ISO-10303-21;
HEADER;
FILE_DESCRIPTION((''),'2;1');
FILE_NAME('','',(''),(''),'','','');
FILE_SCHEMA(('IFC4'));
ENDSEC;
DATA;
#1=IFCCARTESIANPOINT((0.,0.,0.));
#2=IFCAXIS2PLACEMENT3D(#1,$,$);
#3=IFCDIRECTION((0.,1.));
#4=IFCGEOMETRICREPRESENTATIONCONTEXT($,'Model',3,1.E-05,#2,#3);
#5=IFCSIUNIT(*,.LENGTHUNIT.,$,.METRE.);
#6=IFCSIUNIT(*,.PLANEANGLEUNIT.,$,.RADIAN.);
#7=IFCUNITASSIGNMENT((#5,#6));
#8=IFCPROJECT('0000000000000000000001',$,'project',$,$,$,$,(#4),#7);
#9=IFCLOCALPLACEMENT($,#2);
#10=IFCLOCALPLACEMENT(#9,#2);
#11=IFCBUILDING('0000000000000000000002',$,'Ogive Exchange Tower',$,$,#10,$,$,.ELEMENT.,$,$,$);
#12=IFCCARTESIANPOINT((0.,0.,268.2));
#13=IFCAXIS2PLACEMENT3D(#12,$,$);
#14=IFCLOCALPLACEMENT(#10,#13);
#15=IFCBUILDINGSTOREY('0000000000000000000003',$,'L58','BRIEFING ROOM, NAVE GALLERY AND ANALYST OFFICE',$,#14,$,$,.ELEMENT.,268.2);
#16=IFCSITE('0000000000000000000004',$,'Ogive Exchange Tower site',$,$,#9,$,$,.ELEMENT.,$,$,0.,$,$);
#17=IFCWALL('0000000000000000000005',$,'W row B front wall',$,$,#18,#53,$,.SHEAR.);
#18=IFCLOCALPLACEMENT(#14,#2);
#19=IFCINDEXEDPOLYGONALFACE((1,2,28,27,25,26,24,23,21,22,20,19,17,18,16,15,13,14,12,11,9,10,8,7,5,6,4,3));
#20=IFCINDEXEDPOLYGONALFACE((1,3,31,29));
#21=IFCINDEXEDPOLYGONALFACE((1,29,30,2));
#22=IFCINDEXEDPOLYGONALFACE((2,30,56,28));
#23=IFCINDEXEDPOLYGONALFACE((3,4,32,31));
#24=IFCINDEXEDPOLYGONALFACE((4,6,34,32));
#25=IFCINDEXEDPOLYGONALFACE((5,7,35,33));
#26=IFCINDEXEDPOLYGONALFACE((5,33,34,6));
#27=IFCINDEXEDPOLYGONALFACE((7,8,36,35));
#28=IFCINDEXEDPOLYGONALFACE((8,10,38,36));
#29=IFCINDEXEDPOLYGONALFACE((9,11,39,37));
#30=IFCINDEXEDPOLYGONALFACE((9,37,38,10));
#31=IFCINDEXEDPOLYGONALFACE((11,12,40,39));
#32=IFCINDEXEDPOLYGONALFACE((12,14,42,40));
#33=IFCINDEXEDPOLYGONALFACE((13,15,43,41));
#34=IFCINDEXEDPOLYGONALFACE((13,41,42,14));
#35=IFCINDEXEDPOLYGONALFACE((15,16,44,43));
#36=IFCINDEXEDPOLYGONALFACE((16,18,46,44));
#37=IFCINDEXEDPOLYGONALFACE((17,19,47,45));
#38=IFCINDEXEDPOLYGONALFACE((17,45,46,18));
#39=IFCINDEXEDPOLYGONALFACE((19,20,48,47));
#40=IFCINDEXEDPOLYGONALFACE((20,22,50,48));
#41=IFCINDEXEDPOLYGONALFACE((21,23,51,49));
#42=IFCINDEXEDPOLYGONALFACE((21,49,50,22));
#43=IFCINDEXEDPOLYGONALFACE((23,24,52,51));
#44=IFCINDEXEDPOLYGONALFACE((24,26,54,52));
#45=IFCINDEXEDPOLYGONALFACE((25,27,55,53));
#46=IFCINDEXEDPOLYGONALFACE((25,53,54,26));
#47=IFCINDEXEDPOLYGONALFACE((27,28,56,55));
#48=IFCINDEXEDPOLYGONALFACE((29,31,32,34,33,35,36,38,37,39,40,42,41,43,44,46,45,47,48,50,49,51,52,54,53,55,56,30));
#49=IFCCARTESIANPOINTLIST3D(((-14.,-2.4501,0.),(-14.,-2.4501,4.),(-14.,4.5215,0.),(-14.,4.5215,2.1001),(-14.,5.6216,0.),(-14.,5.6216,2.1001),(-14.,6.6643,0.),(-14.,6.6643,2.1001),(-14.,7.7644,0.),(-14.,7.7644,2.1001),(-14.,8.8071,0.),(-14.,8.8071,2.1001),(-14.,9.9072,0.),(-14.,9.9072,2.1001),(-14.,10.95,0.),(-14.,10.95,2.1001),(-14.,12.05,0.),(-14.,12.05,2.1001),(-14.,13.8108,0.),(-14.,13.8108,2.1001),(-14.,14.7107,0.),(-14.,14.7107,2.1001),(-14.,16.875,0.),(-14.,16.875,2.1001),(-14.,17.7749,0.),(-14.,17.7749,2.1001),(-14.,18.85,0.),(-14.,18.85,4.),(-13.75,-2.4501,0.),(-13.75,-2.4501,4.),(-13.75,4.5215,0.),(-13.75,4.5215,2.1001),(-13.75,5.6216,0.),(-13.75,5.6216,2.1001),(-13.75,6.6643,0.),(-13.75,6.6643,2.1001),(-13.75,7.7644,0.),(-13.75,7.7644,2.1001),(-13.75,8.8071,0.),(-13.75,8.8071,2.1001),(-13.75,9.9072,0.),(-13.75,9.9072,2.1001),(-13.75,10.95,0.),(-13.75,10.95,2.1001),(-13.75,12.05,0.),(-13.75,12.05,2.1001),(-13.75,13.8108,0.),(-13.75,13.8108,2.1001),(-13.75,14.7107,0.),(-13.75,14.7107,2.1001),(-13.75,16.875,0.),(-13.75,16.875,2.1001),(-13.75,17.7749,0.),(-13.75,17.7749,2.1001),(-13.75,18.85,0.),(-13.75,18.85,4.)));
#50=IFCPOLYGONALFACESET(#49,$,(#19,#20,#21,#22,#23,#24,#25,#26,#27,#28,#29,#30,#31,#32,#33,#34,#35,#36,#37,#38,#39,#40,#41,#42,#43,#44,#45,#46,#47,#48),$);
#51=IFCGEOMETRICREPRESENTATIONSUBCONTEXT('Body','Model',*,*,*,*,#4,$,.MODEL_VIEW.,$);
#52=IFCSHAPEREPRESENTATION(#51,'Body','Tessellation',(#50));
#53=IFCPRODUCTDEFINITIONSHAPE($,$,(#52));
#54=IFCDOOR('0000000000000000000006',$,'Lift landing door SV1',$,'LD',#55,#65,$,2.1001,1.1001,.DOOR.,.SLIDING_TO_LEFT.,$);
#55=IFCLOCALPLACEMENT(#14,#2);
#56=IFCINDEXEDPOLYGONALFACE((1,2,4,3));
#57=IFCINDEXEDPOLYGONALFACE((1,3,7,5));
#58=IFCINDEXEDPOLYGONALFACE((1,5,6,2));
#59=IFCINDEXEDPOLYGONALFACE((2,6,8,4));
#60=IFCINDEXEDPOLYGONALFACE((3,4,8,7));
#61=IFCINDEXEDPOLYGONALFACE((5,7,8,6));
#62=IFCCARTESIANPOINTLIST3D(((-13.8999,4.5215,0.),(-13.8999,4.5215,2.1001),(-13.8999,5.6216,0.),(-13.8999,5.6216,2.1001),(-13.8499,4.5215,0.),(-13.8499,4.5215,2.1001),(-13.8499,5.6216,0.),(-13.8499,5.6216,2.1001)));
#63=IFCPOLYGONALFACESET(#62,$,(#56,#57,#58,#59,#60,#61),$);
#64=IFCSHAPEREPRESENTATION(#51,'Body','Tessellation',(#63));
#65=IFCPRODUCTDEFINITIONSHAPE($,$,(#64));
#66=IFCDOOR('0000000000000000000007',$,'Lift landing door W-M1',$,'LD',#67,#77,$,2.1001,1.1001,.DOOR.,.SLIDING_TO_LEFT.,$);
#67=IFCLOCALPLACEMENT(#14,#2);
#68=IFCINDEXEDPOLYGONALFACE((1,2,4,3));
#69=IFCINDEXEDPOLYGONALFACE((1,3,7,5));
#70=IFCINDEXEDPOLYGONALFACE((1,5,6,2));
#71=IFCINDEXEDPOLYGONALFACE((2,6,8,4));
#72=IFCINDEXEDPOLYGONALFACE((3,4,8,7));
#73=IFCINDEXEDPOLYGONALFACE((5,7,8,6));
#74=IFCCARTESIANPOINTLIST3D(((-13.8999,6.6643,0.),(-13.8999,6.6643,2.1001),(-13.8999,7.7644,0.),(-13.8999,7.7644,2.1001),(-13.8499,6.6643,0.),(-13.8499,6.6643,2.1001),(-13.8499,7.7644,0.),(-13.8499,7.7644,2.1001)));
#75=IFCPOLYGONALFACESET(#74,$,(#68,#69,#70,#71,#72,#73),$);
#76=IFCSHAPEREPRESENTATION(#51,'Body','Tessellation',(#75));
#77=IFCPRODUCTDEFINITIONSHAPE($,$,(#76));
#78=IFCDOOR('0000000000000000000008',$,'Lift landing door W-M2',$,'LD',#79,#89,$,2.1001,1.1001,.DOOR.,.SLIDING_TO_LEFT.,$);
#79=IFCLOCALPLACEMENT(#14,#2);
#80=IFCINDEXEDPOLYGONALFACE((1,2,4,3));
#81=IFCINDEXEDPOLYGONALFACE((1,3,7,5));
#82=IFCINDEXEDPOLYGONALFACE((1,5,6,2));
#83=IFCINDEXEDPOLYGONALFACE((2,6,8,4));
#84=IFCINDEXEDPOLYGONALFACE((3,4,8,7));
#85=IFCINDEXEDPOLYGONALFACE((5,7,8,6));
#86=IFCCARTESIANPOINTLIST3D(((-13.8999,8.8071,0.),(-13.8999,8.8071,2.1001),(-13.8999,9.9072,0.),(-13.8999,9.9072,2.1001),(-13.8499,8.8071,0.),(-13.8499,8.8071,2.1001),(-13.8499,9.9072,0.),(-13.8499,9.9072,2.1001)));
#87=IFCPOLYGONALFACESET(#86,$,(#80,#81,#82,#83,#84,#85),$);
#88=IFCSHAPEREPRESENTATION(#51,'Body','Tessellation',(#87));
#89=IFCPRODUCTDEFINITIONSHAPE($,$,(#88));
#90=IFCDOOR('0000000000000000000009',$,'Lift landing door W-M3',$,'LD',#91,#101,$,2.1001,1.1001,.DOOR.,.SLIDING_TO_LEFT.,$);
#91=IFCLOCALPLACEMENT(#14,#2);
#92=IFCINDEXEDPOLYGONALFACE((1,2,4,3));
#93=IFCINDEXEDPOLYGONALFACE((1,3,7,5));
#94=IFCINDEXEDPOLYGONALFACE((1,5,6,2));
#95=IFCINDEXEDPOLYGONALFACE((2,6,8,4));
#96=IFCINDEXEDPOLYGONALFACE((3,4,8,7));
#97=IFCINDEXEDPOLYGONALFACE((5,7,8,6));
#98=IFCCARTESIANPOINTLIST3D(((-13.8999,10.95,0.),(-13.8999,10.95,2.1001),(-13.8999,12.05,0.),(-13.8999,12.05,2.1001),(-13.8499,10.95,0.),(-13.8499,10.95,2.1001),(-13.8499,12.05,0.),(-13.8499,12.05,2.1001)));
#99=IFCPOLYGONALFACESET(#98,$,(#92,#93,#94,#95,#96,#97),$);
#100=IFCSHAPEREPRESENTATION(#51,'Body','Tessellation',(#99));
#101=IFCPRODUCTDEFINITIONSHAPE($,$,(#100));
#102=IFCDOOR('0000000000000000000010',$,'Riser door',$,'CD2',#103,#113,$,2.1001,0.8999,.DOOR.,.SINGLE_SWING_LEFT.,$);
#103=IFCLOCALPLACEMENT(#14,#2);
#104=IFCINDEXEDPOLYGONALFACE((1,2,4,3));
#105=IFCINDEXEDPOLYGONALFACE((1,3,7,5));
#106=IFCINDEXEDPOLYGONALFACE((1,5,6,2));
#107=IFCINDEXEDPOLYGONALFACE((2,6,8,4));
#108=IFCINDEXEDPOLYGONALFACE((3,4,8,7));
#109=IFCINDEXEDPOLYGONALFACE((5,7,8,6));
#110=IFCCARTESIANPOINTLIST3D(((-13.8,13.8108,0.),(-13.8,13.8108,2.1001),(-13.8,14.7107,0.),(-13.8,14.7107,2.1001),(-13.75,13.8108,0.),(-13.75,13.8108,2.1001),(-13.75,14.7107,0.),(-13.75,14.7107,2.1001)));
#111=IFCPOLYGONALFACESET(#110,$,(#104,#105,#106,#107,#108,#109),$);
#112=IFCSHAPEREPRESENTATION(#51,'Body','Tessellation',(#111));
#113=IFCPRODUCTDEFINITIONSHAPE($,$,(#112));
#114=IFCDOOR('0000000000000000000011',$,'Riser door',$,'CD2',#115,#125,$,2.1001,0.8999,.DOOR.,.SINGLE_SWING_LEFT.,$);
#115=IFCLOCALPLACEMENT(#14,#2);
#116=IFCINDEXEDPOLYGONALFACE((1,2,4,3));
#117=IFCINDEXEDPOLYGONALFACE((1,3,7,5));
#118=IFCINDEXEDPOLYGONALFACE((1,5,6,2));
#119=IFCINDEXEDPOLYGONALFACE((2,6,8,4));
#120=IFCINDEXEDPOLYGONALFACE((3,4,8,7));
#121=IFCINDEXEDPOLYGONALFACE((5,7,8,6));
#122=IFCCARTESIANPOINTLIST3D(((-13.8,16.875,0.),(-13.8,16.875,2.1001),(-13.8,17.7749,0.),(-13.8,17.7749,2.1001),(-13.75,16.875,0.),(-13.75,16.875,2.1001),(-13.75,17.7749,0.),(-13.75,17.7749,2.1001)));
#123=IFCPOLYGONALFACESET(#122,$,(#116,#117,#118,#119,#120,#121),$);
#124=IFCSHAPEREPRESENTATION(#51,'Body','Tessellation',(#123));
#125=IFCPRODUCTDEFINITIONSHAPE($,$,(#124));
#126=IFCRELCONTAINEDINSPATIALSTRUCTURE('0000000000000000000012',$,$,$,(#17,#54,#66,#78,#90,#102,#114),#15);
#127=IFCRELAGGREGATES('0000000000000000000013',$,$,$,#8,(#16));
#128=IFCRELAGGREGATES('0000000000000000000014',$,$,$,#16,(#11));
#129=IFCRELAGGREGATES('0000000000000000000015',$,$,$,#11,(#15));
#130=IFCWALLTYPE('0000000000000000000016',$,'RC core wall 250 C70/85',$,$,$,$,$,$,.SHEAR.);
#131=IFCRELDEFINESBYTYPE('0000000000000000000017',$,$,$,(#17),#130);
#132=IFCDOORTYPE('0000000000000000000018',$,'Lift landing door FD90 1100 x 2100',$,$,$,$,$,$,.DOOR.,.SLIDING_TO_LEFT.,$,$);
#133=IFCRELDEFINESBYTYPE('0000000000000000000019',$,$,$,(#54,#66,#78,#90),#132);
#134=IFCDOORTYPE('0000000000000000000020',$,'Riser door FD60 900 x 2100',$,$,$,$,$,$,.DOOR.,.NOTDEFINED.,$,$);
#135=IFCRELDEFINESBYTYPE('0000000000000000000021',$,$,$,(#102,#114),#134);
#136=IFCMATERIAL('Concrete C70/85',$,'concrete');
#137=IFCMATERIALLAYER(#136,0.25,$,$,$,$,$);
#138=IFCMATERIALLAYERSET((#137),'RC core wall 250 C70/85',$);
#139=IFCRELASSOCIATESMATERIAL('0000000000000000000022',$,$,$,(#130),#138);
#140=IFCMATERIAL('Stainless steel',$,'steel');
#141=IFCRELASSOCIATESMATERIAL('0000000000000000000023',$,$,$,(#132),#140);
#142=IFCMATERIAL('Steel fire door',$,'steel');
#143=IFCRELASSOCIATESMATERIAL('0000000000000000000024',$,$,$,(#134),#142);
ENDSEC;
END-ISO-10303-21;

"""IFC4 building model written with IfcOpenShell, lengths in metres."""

from ifc_helpers import new_model, si_unit, direction, frame, frame_2d, origin, place, context, subcontext, project, spatial, rectangle, extrude, material, layer, layer_set, type_object, element, fill, save


model = new_model("IFC4")

# Units and contexts
model_context = context("Model", 3, precision=1e-05, world=origin(), true_north=direction((0.0, 1.0)))
body_context = subcontext(model_context, "Body", "Model", "MODEL_VIEW")
ifc_project = project(units=[si_unit("LENGTHUNIT", "METRE"), si_unit("PLANEANGLEUNIT", "RADIAN")], contexts=[model_context])

# Site, building, storey
site_placement = place(None, origin())
site = spatial("IfcSite", under=ifc_project, at=site_placement, Name="Ogive Exchange Tower site", CompositionType="ELEMENT", RefElevation=0.0)
building_placement = place(site_placement, origin())
building = spatial("IfcBuilding", under=site, at=building_placement, Name="Ogive Exchange Tower", CompositionType="ELEMENT")
storey_placement = place(building_placement, frame((0.0, 0.0, 268.2)))
storey = spatial("IfcBuildingStorey", under=building, at=storey_placement, Name="L58", Description="BRIEFING ROOM, NAVE GALLERY AND ANALYST OFFICE", CompositionType="ELEMENT", Elevation=268.2)

# Shared definitions
ifc_material_1 = material(Name="Concrete C70/85", Category="concrete")
ifc_layer_1 = layer(ifc_material_1, 0.25)
ifc_layer_set_1 = layer_set([ifc_layer_1], Name="RC core wall 250 C70/85")
wall_type_1 = type_object("IfcWallType", Name="RC core wall 250 C70/85", PredefinedType="SHEAR", material=ifc_layer_set_1)
ifc_material_2 = material(Name="Steel fire door", Category="steel")

# Wall, openings, doors
wall_1_placement = place(storey_placement, frame((-13.875, -2.45, 0.0), z_axis=(0.0, 0.0, 1.0), x_axis=(0.0, 1.0, 0.0)))
wall_1 = element("IfcWall", 1, at=wall_1_placement, inside=storey, type_object=wall_type_1, Name="W row B front wall", PredefinedType="SHEAR", context=body_context, shape_type="SweptSolid", body=[
    extrude(rectangle(XDim=21.3, YDim=0.25, at=frame_2d((10.6499, 0.0))), origin(), (0.0, 0.0, 1.0), 4.0),
])
opening_1_placement = place(wall_1_placement, frame((16.2607, 0.0, 0.0)))
opening_1 = element("IfcOpeningElement", 2, at=opening_1_placement, cuts=wall_1, PredefinedType="OPENING", context=body_context, shape_type="SweptSolid", body=[
    extrude(rectangle(XDim=0.8999, YDim=2.1001, at=frame_2d((0.45, 1.05))), frame((0.0, 0.135, 0.0), z_axis=(0.0, -1.0, 0.0), x_axis=(1.0, 0.0, 0.0)), (0.0, 0.0, 1.0), 0.27),
])
opening_2_placement = place(wall_1_placement, frame((19.325, 0.0, 0.0)))
opening_2 = element("IfcOpeningElement", 3, at=opening_2_placement, cuts=wall_1, PredefinedType="OPENING", context=body_context, shape_type="SweptSolid", body=[
    extrude(rectangle(XDim=0.8999, YDim=2.1001, at=frame_2d((0.45, 1.05))), frame((0.0, 0.135, 0.0), z_axis=(0.0, -1.0, 0.0), x_axis=(1.0, 0.0, 0.0)), (0.0, 0.0, 1.0), 0.27),
])
opening_3_placement = place(wall_1_placement, frame((6.9714, 0.0, 0.0)))
opening_3 = element("IfcOpeningElement", 4, at=opening_3_placement, cuts=wall_1, PredefinedType="OPENING", context=body_context, shape_type="SweptSolid", body=[
    extrude(rectangle(XDim=1.1001, YDim=2.1001, at=frame_2d((0.55, 1.05))), frame((0.0, 0.135, 0.0), z_axis=(0.0, -1.0, 0.0), x_axis=(1.0, 0.0, 0.0)), (0.0, 0.0, 1.0), 0.27),
])
opening_4_placement = place(wall_1_placement, frame((9.1143, 0.0, 0.0)))
opening_4 = element("IfcOpeningElement", 5, at=opening_4_placement, cuts=wall_1, PredefinedType="OPENING", context=body_context, shape_type="SweptSolid", body=[
    extrude(rectangle(XDim=1.1001, YDim=2.1001, at=frame_2d((0.55, 1.05))), frame((0.0, 0.135, 0.0), z_axis=(0.0, -1.0, 0.0), x_axis=(1.0, 0.0, 0.0)), (0.0, 0.0, 1.0), 0.27),
])
opening_5_placement = place(wall_1_placement, frame((11.2571, 0.0, 0.0)))
opening_5 = element("IfcOpeningElement", 6, at=opening_5_placement, cuts=wall_1, PredefinedType="OPENING", context=body_context, shape_type="SweptSolid", body=[
    extrude(rectangle(XDim=1.1001, YDim=2.1001, at=frame_2d((0.55, 1.05))), frame((0.0, 0.135, 0.0), z_axis=(0.0, -1.0, 0.0), x_axis=(1.0, 0.0, 0.0)), (0.0, 0.0, 1.0), 0.27),
])
opening_6_placement = place(wall_1_placement, frame((13.3999, 0.0, 0.0)))
opening_6 = element("IfcOpeningElement", 7, at=opening_6_placement, cuts=wall_1, PredefinedType="OPENING", context=body_context, shape_type="SweptSolid", body=[
    extrude(rectangle(XDim=1.1001, YDim=2.1001, at=frame_2d((0.55, 1.05))), frame((0.0, 0.135, 0.0), z_axis=(0.0, -1.0, 0.0), x_axis=(1.0, 0.0, 0.0)), (0.0, 0.0, 1.0), 0.27),
])
ifc_material_3 = material(Name="Stainless steel", Category="steel")
door_type_1 = type_object("IfcDoorType", Name="Lift landing door FD90 1100 x 2100", OperationType="SLIDING_TO_LEFT", PredefinedType="DOOR", material=ifc_material_3)
door_1_placement = place(opening_3_placement, origin())
door_1 = element("IfcDoor", 8, at=door_1_placement, inside=storey, type_object=door_type_1, Name="Lift landing door SV1", ObjectType="LD", OperationType="SLIDING_TO_LEFT", OverallHeight=2.1001, OverallWidth=1.1001, PredefinedType="DOOR", context=body_context, shape_type="SweptSolid", body=[
    extrude(rectangle(XDim=1.1001, YDim=2.1001, at=frame_2d((0.55, 1.05))), frame((0.0, 0.0249, 0.0), z_axis=(0.0, -1.0, 0.0), x_axis=(1.0, 0.0, 0.0)), (0.0, 0.0, 1.0), 0.05),
])
fill(opening_3, door_1)
door_2_placement = place(opening_4_placement, origin())
door_2 = element("IfcDoor", 9, at=door_2_placement, inside=storey, type_object=door_type_1, Name="Lift landing door W-M1", ObjectType="LD", OperationType="SLIDING_TO_LEFT", OverallHeight=2.1001, OverallWidth=1.1001, PredefinedType="DOOR", context=body_context, shape_type="SweptSolid", body=[
    extrude(rectangle(XDim=1.1001, YDim=2.1001, at=frame_2d((0.55, 1.05))), frame((0.0, 0.0249, 0.0), z_axis=(0.0, -1.0, 0.0), x_axis=(1.0, 0.0, 0.0)), (0.0, 0.0, 1.0), 0.05),
])
fill(opening_4, door_2)
door_3_placement = place(opening_5_placement, origin())
door_3 = element("IfcDoor", 10, at=door_3_placement, inside=storey, type_object=door_type_1, Name="Lift landing door W-M2", ObjectType="LD", OperationType="SLIDING_TO_LEFT", OverallHeight=2.1001, OverallWidth=1.1001, PredefinedType="DOOR", context=body_context, shape_type="SweptSolid", body=[
    extrude(rectangle(XDim=1.1001, YDim=2.1001, at=frame_2d((0.55, 1.05))), frame((0.0, 0.0249, 0.0), z_axis=(0.0, -1.0, 0.0), x_axis=(1.0, 0.0, 0.0)), (0.0, 0.0, 1.0), 0.05),
])
fill(opening_5, door_3)
door_4_placement = place(opening_6_placement, origin())
door_4 = element("IfcDoor", 11, at=door_4_placement, inside=storey, type_object=door_type_1, Name="Lift landing door W-M3", ObjectType="LD", OperationType="SLIDING_TO_LEFT", OverallHeight=2.1001, OverallWidth=1.1001, PredefinedType="DOOR", context=body_context, shape_type="SweptSolid", body=[
    extrude(rectangle(XDim=1.1001, YDim=2.1001, at=frame_2d((0.55, 1.05))), frame((0.0, 0.0249, 0.0), z_axis=(0.0, -1.0, 0.0), x_axis=(1.0, 0.0, 0.0)), (0.0, 0.0, 1.0), 0.05),
])
fill(opening_6, door_4)
door_type_2 = type_object("IfcDoorType", Name="Riser door FD60 900 x 2100", OperationType="NOTDEFINED", PredefinedType="DOOR", material=ifc_material_2)
door_5_placement = place(opening_1_placement, frame((0.8999, -0.2002, 0.0), z_axis=(0.0, 0.0, 1.0), x_axis=(-1.0, 0.0, 0.0)))
door_5 = element("IfcDoor", 12, at=door_5_placement, inside=storey, type_object=door_type_2, Name="Riser door", ObjectType="CD2", OperationType="SINGLE_SWING_LEFT", OverallHeight=2.1001, OverallWidth=0.8999, PredefinedType="DOOR", context=body_context, shape_type="SweptSolid", body=[
    extrude(rectangle(XDim=0.8999, YDim=2.1001, at=frame_2d((0.45, 1.05))), frame((0.0, -0.0752, 0.0), z_axis=(0.0, -1.0, 0.0), x_axis=(1.0, 0.0, 0.0)), (0.0, 0.0, 1.0), 0.05),
])
fill(opening_1, door_5)
door_6_placement = place(opening_2_placement, frame((0.8999, -0.2002, 0.0), z_axis=(0.0, 0.0, 1.0), x_axis=(-1.0, 0.0, 0.0)))
door_6 = element("IfcDoor", 13, at=door_6_placement, inside=storey, type_object=door_type_2, Name="Riser door", ObjectType="CD2", OperationType="SINGLE_SWING_LEFT", OverallHeight=2.1001, OverallWidth=0.8999, PredefinedType="DOOR", context=body_context, shape_type="SweptSolid", body=[
    extrude(rectangle(XDim=0.8999, YDim=2.1001, at=frame_2d((0.45, 1.05))), frame((0.0, -0.0752, 0.0), z_axis=(0.0, -1.0, 0.0), x_axis=(1.0, 0.0, 0.0)), (0.0, 0.0, 1.0), 0.05),
])
fill(opening_2, door_6)

save(model, "model.ifc")
